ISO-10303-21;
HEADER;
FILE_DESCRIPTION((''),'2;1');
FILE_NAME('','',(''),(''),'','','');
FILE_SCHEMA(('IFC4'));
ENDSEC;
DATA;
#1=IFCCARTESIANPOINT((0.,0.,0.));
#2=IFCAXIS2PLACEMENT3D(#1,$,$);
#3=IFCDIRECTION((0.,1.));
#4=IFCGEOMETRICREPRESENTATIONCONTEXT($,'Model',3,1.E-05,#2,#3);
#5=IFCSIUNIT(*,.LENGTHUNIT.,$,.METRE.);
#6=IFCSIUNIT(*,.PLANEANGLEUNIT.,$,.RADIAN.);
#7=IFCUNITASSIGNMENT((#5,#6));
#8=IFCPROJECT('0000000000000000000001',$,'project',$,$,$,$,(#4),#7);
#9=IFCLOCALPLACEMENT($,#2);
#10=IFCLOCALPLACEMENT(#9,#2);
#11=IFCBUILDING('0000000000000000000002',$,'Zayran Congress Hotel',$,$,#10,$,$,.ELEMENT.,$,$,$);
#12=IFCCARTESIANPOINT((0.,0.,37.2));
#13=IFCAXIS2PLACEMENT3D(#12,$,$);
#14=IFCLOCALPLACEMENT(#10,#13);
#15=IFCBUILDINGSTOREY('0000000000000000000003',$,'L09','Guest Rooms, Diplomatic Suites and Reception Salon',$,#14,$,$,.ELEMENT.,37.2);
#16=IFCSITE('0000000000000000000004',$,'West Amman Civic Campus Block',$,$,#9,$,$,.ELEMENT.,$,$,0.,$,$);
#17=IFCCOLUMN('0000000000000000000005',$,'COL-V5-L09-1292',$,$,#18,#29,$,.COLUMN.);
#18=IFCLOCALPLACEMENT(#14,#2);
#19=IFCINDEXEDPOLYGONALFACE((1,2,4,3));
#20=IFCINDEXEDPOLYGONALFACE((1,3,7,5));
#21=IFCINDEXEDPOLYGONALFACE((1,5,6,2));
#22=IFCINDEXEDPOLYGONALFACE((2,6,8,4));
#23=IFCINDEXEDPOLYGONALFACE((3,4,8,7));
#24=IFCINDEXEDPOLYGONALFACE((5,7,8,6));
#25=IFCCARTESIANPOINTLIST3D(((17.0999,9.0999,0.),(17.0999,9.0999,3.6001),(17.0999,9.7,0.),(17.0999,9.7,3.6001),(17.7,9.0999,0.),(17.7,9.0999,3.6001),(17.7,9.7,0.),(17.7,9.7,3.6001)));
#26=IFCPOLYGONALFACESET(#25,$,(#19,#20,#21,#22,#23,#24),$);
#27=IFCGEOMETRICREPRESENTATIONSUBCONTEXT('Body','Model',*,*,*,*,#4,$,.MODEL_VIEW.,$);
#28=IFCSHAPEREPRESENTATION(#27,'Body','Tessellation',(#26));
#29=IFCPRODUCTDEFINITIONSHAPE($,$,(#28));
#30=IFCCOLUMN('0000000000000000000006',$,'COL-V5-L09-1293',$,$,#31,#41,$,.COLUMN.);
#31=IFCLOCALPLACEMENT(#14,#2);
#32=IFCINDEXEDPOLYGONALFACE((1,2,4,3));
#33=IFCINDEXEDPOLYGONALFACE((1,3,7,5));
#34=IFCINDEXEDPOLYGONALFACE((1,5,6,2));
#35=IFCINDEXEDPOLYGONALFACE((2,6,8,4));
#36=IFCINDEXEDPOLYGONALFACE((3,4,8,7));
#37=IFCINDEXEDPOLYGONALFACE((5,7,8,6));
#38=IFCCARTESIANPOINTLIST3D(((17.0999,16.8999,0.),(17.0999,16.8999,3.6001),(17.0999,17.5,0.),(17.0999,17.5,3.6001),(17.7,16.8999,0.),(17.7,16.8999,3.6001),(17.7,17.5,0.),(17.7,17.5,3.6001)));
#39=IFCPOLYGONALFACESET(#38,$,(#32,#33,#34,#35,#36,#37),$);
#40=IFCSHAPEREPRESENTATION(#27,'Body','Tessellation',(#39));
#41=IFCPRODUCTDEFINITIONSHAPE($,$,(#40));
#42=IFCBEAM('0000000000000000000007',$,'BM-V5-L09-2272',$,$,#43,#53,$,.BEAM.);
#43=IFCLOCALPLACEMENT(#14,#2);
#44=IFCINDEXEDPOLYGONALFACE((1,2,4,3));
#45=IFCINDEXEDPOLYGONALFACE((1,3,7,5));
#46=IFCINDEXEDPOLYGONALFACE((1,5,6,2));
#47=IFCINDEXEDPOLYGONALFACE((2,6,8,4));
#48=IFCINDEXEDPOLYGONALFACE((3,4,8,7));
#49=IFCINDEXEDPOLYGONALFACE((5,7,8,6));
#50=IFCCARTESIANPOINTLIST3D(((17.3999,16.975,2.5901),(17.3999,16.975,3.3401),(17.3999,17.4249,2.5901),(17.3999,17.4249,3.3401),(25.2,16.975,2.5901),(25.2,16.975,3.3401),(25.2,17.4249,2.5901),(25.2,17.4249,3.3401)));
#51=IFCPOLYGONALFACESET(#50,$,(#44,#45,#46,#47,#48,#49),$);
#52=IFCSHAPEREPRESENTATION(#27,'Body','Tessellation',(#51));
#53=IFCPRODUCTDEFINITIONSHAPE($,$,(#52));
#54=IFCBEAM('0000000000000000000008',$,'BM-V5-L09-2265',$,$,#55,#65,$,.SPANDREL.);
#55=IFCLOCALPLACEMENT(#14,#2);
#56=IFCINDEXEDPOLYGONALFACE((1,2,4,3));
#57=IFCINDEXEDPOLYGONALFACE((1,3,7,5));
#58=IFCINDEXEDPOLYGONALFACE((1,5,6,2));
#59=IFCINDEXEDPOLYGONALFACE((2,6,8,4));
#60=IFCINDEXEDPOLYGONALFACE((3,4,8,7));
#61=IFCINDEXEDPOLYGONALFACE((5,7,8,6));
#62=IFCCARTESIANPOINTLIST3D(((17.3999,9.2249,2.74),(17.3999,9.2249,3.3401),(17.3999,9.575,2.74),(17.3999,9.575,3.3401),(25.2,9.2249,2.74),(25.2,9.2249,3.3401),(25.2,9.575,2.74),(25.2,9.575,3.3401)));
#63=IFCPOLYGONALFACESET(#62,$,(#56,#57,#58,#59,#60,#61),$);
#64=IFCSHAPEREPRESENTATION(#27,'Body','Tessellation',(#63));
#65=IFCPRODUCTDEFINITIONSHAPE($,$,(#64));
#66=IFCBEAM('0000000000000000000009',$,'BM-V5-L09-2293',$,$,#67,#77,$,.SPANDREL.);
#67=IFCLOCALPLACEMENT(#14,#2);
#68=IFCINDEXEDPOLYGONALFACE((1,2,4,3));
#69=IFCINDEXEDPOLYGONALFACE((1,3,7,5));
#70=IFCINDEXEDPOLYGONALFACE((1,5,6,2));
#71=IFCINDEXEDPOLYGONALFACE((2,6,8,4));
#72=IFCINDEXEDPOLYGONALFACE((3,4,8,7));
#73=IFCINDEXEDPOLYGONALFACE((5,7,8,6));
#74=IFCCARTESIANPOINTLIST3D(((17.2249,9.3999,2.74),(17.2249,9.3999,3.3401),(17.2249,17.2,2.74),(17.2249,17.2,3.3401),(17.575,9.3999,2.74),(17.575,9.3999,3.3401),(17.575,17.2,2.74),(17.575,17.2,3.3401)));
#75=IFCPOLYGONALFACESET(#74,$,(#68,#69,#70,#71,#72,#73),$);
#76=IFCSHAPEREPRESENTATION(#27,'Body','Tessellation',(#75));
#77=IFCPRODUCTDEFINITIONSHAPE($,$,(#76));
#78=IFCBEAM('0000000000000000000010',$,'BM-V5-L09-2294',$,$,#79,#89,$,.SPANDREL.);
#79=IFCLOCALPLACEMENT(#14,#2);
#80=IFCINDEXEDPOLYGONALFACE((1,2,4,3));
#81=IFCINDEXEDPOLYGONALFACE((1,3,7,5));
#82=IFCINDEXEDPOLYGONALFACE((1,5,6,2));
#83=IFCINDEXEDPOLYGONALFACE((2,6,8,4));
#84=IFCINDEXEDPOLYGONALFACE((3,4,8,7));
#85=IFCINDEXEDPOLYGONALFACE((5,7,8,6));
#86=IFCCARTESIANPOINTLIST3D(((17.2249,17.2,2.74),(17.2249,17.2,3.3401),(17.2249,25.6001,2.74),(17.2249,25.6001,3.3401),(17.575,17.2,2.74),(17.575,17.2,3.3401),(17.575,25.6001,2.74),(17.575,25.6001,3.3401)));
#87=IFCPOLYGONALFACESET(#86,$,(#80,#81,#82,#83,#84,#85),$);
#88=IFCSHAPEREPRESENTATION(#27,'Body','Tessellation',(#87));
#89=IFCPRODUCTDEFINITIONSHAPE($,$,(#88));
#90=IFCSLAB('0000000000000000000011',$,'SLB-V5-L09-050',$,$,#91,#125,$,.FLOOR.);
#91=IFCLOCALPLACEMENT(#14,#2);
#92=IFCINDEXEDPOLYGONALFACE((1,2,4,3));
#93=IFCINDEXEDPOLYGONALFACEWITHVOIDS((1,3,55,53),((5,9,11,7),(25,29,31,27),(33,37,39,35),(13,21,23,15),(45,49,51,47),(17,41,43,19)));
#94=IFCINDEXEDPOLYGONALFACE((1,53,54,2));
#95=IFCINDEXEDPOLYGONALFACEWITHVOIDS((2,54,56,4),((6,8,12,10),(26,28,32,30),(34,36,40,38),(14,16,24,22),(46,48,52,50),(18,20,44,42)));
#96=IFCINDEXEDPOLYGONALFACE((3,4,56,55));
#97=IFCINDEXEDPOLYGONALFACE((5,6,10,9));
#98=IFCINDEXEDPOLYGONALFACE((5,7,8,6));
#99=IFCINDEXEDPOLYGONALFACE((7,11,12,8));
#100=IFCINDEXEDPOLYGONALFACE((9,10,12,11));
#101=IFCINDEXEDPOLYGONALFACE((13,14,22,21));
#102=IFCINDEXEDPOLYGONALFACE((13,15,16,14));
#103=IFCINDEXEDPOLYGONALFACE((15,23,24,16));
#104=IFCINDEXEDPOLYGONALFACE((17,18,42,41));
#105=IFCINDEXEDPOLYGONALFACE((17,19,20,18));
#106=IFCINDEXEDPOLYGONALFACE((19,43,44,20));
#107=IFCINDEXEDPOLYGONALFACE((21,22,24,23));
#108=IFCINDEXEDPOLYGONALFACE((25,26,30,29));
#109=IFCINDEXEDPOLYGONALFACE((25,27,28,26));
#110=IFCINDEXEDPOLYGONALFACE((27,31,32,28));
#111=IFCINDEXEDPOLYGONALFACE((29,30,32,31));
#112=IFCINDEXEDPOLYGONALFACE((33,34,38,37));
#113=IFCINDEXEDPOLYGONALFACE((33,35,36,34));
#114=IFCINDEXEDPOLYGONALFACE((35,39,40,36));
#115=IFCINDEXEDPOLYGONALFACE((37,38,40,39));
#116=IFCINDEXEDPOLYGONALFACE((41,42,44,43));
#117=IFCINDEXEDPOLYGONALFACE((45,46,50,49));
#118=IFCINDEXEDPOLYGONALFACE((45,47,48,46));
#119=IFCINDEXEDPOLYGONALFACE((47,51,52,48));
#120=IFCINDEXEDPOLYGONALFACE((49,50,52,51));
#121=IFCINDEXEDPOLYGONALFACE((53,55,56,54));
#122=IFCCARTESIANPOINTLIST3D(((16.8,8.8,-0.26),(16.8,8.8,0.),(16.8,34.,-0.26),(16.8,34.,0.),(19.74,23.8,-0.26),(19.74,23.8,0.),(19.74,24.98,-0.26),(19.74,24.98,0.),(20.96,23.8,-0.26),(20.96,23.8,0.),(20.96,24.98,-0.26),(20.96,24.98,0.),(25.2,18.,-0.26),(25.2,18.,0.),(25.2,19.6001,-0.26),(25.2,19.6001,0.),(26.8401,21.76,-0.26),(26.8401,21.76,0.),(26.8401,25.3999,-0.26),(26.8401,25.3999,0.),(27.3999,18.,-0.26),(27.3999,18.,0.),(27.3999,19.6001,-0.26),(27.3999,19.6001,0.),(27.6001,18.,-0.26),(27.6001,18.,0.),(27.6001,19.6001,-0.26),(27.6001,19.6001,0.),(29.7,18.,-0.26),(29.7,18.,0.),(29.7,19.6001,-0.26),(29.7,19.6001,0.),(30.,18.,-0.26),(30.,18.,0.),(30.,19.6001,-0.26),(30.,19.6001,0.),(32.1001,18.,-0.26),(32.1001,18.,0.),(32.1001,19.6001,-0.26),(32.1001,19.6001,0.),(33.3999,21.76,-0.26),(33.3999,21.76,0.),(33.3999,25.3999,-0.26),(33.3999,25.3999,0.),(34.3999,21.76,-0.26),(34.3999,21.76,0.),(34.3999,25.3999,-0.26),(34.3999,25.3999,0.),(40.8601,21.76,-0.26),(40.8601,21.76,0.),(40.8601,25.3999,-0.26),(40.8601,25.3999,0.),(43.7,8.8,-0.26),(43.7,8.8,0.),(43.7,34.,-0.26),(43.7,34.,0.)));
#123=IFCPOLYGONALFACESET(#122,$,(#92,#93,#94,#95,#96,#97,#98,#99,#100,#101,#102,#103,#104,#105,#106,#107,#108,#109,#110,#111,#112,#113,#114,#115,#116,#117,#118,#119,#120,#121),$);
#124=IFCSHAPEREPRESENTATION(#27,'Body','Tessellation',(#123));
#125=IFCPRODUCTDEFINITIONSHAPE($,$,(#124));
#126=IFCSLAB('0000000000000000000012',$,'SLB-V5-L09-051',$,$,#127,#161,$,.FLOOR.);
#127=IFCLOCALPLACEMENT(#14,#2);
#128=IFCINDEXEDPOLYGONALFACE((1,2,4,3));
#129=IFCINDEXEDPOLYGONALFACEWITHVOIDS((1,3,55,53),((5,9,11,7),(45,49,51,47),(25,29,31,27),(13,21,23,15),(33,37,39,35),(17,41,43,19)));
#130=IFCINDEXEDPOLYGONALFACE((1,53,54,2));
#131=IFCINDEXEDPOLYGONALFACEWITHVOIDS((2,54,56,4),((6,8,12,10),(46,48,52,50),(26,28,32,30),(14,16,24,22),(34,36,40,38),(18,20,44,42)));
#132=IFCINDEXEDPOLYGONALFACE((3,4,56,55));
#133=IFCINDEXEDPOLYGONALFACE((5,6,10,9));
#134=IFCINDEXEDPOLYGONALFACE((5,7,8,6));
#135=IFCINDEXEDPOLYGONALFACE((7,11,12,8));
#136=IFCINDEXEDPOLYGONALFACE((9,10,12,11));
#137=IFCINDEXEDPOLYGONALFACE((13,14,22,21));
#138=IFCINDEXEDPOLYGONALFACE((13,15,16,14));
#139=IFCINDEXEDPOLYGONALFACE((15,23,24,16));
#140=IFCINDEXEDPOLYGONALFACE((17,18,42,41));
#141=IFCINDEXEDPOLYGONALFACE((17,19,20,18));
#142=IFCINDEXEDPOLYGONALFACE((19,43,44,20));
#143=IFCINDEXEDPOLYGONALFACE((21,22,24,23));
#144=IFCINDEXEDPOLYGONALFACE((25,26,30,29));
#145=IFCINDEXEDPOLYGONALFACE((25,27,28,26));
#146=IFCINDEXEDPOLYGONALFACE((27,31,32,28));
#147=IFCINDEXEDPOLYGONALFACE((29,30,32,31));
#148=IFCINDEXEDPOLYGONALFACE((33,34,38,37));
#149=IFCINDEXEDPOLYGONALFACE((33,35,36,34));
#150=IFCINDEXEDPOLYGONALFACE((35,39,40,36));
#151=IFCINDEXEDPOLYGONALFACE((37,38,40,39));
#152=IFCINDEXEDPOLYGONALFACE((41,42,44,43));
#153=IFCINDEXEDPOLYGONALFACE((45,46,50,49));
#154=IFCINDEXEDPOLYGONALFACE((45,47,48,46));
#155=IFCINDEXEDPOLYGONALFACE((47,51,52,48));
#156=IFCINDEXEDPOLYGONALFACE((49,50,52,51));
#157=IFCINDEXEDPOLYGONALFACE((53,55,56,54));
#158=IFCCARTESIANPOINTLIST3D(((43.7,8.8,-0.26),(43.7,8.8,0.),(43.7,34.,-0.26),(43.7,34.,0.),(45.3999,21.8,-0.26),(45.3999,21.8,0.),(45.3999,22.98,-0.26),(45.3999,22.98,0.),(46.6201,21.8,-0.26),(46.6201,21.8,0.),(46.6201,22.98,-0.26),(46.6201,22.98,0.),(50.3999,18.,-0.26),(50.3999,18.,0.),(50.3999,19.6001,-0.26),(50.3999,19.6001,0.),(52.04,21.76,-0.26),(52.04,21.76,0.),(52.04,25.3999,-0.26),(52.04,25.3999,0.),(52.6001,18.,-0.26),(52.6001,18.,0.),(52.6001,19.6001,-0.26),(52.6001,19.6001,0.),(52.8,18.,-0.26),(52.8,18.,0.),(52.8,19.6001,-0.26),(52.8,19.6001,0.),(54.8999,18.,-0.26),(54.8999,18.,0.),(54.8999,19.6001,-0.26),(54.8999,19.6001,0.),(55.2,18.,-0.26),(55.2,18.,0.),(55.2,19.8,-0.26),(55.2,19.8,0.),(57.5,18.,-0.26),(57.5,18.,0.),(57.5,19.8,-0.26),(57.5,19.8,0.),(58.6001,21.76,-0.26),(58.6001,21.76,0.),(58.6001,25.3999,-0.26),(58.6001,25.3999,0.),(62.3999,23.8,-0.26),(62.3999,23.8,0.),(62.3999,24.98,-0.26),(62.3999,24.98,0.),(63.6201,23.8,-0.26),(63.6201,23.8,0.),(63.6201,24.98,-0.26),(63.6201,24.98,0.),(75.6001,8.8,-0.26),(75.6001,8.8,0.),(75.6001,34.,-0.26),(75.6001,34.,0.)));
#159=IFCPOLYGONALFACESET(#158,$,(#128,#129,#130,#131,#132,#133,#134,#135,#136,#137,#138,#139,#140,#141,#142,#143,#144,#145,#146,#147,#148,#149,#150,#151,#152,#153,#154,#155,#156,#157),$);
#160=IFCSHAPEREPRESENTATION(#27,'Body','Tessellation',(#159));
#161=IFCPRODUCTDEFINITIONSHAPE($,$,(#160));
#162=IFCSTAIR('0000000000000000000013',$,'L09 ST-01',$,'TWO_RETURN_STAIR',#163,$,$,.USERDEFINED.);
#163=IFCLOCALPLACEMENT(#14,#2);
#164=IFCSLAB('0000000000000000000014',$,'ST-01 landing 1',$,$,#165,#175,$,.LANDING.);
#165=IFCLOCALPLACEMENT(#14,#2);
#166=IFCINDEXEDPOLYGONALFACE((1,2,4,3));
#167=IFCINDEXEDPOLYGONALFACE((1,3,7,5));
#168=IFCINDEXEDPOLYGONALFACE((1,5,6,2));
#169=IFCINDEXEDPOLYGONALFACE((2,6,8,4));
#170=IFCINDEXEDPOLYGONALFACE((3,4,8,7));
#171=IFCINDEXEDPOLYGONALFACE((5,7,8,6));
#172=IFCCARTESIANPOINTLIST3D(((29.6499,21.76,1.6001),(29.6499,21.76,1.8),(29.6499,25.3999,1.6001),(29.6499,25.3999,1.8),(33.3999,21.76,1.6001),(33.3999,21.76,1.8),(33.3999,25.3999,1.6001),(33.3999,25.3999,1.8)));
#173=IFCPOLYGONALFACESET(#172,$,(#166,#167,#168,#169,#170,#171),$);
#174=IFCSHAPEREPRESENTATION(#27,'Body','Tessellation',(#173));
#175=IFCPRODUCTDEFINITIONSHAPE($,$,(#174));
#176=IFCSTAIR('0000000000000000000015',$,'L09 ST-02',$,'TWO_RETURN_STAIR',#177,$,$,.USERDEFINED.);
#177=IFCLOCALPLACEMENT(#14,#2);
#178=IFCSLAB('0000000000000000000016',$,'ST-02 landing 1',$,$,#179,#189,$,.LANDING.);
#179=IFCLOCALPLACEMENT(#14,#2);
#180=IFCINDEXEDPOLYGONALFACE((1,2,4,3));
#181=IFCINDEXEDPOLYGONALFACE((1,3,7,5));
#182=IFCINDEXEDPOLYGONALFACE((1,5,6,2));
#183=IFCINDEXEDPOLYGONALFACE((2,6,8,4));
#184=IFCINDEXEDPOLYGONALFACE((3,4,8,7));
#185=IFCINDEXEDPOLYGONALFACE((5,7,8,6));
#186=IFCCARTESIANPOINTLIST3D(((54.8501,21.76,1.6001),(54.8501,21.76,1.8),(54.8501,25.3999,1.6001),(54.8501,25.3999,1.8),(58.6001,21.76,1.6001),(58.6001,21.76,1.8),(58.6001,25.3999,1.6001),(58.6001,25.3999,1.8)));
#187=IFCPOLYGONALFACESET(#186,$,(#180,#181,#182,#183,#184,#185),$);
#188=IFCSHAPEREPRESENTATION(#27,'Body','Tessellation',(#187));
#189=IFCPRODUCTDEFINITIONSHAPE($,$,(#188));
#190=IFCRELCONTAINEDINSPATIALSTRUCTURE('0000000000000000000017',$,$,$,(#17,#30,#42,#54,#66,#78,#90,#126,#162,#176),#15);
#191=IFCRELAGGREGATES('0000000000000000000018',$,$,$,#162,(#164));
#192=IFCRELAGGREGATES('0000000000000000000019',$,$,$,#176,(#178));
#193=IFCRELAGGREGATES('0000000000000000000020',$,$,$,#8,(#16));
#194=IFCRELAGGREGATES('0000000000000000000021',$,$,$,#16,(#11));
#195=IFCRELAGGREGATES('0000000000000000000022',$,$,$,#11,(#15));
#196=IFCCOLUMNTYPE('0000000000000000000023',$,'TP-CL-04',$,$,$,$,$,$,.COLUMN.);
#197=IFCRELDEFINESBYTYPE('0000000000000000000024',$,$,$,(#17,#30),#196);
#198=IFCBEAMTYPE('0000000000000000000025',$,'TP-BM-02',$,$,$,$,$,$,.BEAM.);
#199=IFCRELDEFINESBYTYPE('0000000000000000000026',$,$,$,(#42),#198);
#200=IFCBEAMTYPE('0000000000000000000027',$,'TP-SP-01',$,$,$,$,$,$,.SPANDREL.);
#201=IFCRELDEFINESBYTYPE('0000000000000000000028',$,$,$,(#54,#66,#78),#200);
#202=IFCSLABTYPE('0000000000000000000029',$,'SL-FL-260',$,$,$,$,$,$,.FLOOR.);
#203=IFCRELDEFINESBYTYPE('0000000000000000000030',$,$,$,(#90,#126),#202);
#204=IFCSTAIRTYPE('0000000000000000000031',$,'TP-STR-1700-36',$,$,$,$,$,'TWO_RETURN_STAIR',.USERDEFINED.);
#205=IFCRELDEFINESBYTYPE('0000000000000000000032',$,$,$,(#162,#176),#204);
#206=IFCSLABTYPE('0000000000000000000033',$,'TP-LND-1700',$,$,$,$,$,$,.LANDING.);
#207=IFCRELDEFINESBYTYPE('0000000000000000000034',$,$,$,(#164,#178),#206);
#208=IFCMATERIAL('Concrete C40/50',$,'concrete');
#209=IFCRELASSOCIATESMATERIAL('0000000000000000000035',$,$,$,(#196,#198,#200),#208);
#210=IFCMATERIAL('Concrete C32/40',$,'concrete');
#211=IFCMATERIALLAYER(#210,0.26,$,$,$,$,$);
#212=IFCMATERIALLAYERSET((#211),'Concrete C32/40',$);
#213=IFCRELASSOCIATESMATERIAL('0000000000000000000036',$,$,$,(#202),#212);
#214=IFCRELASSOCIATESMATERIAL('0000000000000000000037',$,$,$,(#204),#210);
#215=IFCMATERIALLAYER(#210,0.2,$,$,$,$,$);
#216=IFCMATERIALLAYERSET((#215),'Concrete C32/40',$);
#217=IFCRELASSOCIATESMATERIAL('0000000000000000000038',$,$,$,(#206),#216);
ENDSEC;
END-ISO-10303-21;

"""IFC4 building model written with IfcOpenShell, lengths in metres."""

from ifc_helpers import new_model, si_unit, direction, frame, origin, origin_2d, place, context, subcontext, project, spatial, polyline, rectangle, outline, extrude, material, layer, layer_set, material_profile, profile_set, type_object, element, aggregate, save


model = new_model("IFC4")

# Units and contexts
model_context = context("Model", 3, precision=1e-05, world=origin(), true_north=direction((0.0, 1.0)))
body_context = subcontext(model_context, "Body", "Model", "MODEL_VIEW")
ifc_project = project(units=[si_unit("LENGTHUNIT", "METRE"), si_unit("PLANEANGLEUNIT", "RADIAN")], contexts=[model_context])

# Site, building, storey
site_placement = place(None, origin())
site = spatial("IfcSite", under=ifc_project, at=site_placement, Name="West Amman Civic Campus Block", CompositionType="ELEMENT", RefElevation=0.0)
building_placement = place(site_placement, origin())
building = spatial("IfcBuilding", under=site, at=building_placement, Name="Zayran Congress Hotel", CompositionType="ELEMENT")
storey_placement = place(building_placement, frame((0.0, 0.0, 37.2)))
storey = spatial("IfcBuildingStorey", under=building, at=storey_placement, Name="L09", Description="Guest Rooms, Diplomatic Suites and Reception Salon", CompositionType="ELEMENT", Elevation=37.2)

# Columns
ifc_material_1 = material(Name="Concrete C40/50", Category="concrete")
ifc_material_profile_1 = material_profile(ifc_material_1, rectangle(XDim=0.6001, YDim=0.6001, at=origin_2d()), Name="RC 600x600")
ifc_profile_set_1 = profile_set([ifc_material_profile_1], Name="Concrete C40/50")
column_type = type_object("IfcColumnType", Name="TP-CL-04", PredefinedType="COLUMN", material=ifc_profile_set_1)
for number, where, z_axis, x_axis, name in (
    (1, (17.3999, 9.3999, 0.0), (0.0, 0.0, 1.0), (1.0, 0.0, 0.0), "COL-V5-L09-1292"),
    (2, (17.3999, 17.2, 0.0), (0.0, 0.0, 1.0), (1.0, 0.0, 0.0), "COL-V5-L09-1293"),
):
    element("IfcColumn", number, at=place(storey_placement, frame(where, z_axis=z_axis, x_axis=x_axis)), inside=storey, type_object=column_type, Name=name, PredefinedType="COLUMN", context=body_context, shape_type="SweptSolid", body=[
        extrude(rectangle(XDim=0.6001, YDim=0.6001, at=origin_2d()), origin(), (0.0, 0.0, 1.0), 3.6001),
    ])

# Beams
ifc_material_profile_2 = material_profile(ifc_material_1, rectangle(XDim=0.45, YDim=0.75, at=origin_2d()), Name="RC 450x750")
ifc_profile_set_2 = profile_set([ifc_material_profile_2], Name="Concrete C40/50")
beam_type_1 = type_object("IfcBeamType", Name="TP-BM-02", PredefinedType="BEAM", material=ifc_profile_set_2)
beam_1_placement = place(storey_placement, frame((17.3999, 17.2, 2.9651), z_axis=(1.0, 0.0, 0.0), x_axis=(0.0, 1.0, 0.0)))
element("IfcBeam", 3, at=beam_1_placement, inside=storey, type_object=beam_type_1, Name="BM-V5-L09-2272", PredefinedType="BEAM", context=body_context, shape_type="SweptSolid", body=[
    extrude(rectangle(XDim=0.45, YDim=0.75, at=origin_2d()), origin(), (0.0, 0.0, 1.0), 7.8),
])
ifc_material_profile_3 = material_profile(ifc_material_1, rectangle(XDim=0.3501, YDim=0.6001, at=origin_2d()), Name="RC 350x600")
ifc_profile_set_3 = profile_set([ifc_material_profile_3], Name="Concrete C40/50")
beam_type_2 = type_object("IfcBeamType", Name="TP-SP-01", PredefinedType="SPANDREL", material=ifc_profile_set_3)
for number, where, z_axis, x_axis, name in (
    (4, (17.3999, 9.3999, 3.04), (1.0, 0.0, 0.0), (0.0, 1.0, 0.0), "BM-V5-L09-2265"),
    (5, (17.3999, 9.3999, 3.04), (0.0, 1.0, 0.0), (-1.0, 0.0, 0.0), "BM-V5-L09-2293"),
):
    element("IfcBeam", number, at=place(storey_placement, frame(where, z_axis=z_axis, x_axis=x_axis)), inside=storey, type_object=beam_type_2, Name=name, PredefinedType="SPANDREL", context=body_context, shape_type="SweptSolid", body=[
        extrude(rectangle(XDim=0.3501, YDim=0.6001, at=origin_2d()), origin(), (0.0, 0.0, 1.0), 7.8),
    ])
beam_2_placement = place(storey_placement, frame((17.3999, 17.2, 3.04), z_axis=(0.0, 1.0, 0.0), x_axis=(-1.0, 0.0, 0.0)))
element("IfcBeam", 6, at=beam_2_placement, inside=storey, type_object=beam_type_2, Name="BM-V5-L09-2294", PredefinedType="SPANDREL", context=body_context, shape_type="SweptSolid", body=[
    extrude(rectangle(XDim=0.3501, YDim=0.6001, at=origin_2d()), origin(), (0.0, 0.0, 1.0), 8.4001),
])

# Slabs
ifc_material_2 = material(Name="Concrete C32/40", Category="concrete")
ifc_layer_1 = layer(ifc_material_2, 0.26)
ifc_layer_set_1 = layer_set([ifc_layer_1], Name="Concrete C32/40")
slab_type_1 = type_object("IfcSlabType", Name="SL-FL-260", PredefinedType="FLOOR", material=ifc_layer_set_1)
slab_1_placement = place(storey_placement, frame((0.0, 0.0, -0.26)))
element("IfcSlab", 7, at=slab_1_placement, inside=storey, type_object=slab_type_1, Name="SLB-V5-L09-050", PredefinedType="FLOOR", context=body_context, shape_type="SweptSolid", body=[
    extrude(outline(polyline([(16.8, 8.8), (43.7, 8.8), (43.7, 34.0), (16.8, 34.0), (16.8, 8.8)]), holes=[polyline([(26.8401, 21.76), (33.3999, 21.76), (33.3999, 25.3999), (26.8401, 25.3999), (26.8401, 21.76)]), polyline([(25.2, 18.0), (27.3999, 18.0), (27.3999, 19.6001), (25.2, 19.6001), (25.2, 18.0)]), polyline([(27.6001, 18.0), (29.7, 18.0), (29.7, 19.6001), (27.6001, 19.6001), (27.6001, 18.0)]), polyline([(30.0, 18.0), (32.1001, 18.0), (32.1001, 19.6001), (30.0, 19.6001), (30.0, 18.0)]), polyline([(34.3999, 21.76), (40.8601, 21.76), (40.8601, 25.3999), (34.3999, 25.3999), (34.3999, 21.76)]), polyline([(19.74, 23.8), (20.96, 23.8), (20.96, 24.98), (19.74, 24.98), (19.74, 23.8)])]), origin(), (0.0, 0.0, 1.0), 0.26),
])
slab_2_placement = place(storey_placement, frame((0.0, 0.0, -0.26)))
element("IfcSlab", 8, at=slab_2_placement, inside=storey, type_object=slab_type_1, Name="SLB-V5-L09-051", PredefinedType="FLOOR", context=body_context, shape_type="SweptSolid", body=[
    extrude(outline(polyline([(43.7, 8.8), (75.6001, 8.8), (75.6001, 34.0), (43.7, 34.0), (43.7, 8.8)]), holes=[polyline([(52.04, 21.76), (58.6001, 21.76), (58.6001, 25.3999), (52.04, 25.3999), (52.04, 21.76)]), polyline([(50.3999, 18.0), (52.6001, 18.0), (52.6001, 19.6001), (50.3999, 19.6001), (50.3999, 18.0)]), polyline([(52.8, 18.0), (54.8999, 18.0), (54.8999, 19.6001), (52.8, 19.6001), (52.8, 18.0)]), polyline([(55.2, 18.0), (57.5, 18.0), (57.5, 19.8), (55.2, 19.8), (55.2, 18.0)]), polyline([(45.3999, 21.8), (46.6201, 21.8), (46.6201, 22.98), (45.3999, 22.98), (45.3999, 21.8)]), polyline([(62.3999, 23.8), (63.6201, 23.8), (63.6201, 24.98), (62.3999, 24.98), (62.3999, 23.8)])]), origin(), (0.0, 0.0, 1.0), 0.26),
])

# Stairs, slabs
stair_type = type_object("IfcStairType", Name="TP-STR-1700-36", ElementType="TWO_RETURN_STAIR", PredefinedType="USERDEFINED", material=ifc_material_2)
stair_1_placement = place(storey_placement, origin())
stair_1 = element("IfcStair", 9, at=stair_1_placement, inside=storey, type_object=stair_type, Name="L09 ST-01", ObjectType="TWO_RETURN_STAIR", PredefinedType="USERDEFINED")
ifc_layer_2 = layer(ifc_material_2, 0.2)
ifc_layer_set_2 = layer_set([ifc_layer_2], Name="Concrete C32/40")
slab_type_2 = type_object("IfcSlabType", Name="TP-LND-1700", PredefinedType="LANDING", material=ifc_layer_set_2)
slab_3_placement = place(storey_placement, frame((0.0, 0.0, 1.6001)))
slab_3 = element("IfcSlab", 10, at=slab_3_placement, type_object=slab_type_2, Name="ST-01 landing 1", PredefinedType="LANDING", context=body_context, shape_type="SweptSolid", body=[
    extrude(outline(polyline([(29.6499, 21.76), (33.3999, 21.76), (33.3999, 25.3999), (29.6499, 25.3999), (29.6499, 21.76)])), origin(), (0.0, 0.0, 1.0), 0.2),
])
aggregate(stair_1, [slab_3])
stair_2_placement = place(storey_placement, origin())
stair_2 = element("IfcStair", 11, at=stair_2_placement, inside=storey, type_object=stair_type, Name="L09 ST-02", ObjectType="TWO_RETURN_STAIR", PredefinedType="USERDEFINED")
slab_4_placement = place(storey_placement, frame((0.0, 0.0, 1.6001)))
slab_4 = element("IfcSlab", 12, at=slab_4_placement, type_object=slab_type_2, Name="ST-02 landing 1", PredefinedType="LANDING", context=body_context, shape_type="SweptSolid", body=[
    extrude(outline(polyline([(54.8501, 21.76), (58.6001, 21.76), (58.6001, 25.3999), (54.8501, 25.3999), (54.8501, 21.76)])), origin(), (0.0, 0.0, 1.0), 0.2),
])
aggregate(stair_2, [slab_4])

save(model, "model.ifc")
